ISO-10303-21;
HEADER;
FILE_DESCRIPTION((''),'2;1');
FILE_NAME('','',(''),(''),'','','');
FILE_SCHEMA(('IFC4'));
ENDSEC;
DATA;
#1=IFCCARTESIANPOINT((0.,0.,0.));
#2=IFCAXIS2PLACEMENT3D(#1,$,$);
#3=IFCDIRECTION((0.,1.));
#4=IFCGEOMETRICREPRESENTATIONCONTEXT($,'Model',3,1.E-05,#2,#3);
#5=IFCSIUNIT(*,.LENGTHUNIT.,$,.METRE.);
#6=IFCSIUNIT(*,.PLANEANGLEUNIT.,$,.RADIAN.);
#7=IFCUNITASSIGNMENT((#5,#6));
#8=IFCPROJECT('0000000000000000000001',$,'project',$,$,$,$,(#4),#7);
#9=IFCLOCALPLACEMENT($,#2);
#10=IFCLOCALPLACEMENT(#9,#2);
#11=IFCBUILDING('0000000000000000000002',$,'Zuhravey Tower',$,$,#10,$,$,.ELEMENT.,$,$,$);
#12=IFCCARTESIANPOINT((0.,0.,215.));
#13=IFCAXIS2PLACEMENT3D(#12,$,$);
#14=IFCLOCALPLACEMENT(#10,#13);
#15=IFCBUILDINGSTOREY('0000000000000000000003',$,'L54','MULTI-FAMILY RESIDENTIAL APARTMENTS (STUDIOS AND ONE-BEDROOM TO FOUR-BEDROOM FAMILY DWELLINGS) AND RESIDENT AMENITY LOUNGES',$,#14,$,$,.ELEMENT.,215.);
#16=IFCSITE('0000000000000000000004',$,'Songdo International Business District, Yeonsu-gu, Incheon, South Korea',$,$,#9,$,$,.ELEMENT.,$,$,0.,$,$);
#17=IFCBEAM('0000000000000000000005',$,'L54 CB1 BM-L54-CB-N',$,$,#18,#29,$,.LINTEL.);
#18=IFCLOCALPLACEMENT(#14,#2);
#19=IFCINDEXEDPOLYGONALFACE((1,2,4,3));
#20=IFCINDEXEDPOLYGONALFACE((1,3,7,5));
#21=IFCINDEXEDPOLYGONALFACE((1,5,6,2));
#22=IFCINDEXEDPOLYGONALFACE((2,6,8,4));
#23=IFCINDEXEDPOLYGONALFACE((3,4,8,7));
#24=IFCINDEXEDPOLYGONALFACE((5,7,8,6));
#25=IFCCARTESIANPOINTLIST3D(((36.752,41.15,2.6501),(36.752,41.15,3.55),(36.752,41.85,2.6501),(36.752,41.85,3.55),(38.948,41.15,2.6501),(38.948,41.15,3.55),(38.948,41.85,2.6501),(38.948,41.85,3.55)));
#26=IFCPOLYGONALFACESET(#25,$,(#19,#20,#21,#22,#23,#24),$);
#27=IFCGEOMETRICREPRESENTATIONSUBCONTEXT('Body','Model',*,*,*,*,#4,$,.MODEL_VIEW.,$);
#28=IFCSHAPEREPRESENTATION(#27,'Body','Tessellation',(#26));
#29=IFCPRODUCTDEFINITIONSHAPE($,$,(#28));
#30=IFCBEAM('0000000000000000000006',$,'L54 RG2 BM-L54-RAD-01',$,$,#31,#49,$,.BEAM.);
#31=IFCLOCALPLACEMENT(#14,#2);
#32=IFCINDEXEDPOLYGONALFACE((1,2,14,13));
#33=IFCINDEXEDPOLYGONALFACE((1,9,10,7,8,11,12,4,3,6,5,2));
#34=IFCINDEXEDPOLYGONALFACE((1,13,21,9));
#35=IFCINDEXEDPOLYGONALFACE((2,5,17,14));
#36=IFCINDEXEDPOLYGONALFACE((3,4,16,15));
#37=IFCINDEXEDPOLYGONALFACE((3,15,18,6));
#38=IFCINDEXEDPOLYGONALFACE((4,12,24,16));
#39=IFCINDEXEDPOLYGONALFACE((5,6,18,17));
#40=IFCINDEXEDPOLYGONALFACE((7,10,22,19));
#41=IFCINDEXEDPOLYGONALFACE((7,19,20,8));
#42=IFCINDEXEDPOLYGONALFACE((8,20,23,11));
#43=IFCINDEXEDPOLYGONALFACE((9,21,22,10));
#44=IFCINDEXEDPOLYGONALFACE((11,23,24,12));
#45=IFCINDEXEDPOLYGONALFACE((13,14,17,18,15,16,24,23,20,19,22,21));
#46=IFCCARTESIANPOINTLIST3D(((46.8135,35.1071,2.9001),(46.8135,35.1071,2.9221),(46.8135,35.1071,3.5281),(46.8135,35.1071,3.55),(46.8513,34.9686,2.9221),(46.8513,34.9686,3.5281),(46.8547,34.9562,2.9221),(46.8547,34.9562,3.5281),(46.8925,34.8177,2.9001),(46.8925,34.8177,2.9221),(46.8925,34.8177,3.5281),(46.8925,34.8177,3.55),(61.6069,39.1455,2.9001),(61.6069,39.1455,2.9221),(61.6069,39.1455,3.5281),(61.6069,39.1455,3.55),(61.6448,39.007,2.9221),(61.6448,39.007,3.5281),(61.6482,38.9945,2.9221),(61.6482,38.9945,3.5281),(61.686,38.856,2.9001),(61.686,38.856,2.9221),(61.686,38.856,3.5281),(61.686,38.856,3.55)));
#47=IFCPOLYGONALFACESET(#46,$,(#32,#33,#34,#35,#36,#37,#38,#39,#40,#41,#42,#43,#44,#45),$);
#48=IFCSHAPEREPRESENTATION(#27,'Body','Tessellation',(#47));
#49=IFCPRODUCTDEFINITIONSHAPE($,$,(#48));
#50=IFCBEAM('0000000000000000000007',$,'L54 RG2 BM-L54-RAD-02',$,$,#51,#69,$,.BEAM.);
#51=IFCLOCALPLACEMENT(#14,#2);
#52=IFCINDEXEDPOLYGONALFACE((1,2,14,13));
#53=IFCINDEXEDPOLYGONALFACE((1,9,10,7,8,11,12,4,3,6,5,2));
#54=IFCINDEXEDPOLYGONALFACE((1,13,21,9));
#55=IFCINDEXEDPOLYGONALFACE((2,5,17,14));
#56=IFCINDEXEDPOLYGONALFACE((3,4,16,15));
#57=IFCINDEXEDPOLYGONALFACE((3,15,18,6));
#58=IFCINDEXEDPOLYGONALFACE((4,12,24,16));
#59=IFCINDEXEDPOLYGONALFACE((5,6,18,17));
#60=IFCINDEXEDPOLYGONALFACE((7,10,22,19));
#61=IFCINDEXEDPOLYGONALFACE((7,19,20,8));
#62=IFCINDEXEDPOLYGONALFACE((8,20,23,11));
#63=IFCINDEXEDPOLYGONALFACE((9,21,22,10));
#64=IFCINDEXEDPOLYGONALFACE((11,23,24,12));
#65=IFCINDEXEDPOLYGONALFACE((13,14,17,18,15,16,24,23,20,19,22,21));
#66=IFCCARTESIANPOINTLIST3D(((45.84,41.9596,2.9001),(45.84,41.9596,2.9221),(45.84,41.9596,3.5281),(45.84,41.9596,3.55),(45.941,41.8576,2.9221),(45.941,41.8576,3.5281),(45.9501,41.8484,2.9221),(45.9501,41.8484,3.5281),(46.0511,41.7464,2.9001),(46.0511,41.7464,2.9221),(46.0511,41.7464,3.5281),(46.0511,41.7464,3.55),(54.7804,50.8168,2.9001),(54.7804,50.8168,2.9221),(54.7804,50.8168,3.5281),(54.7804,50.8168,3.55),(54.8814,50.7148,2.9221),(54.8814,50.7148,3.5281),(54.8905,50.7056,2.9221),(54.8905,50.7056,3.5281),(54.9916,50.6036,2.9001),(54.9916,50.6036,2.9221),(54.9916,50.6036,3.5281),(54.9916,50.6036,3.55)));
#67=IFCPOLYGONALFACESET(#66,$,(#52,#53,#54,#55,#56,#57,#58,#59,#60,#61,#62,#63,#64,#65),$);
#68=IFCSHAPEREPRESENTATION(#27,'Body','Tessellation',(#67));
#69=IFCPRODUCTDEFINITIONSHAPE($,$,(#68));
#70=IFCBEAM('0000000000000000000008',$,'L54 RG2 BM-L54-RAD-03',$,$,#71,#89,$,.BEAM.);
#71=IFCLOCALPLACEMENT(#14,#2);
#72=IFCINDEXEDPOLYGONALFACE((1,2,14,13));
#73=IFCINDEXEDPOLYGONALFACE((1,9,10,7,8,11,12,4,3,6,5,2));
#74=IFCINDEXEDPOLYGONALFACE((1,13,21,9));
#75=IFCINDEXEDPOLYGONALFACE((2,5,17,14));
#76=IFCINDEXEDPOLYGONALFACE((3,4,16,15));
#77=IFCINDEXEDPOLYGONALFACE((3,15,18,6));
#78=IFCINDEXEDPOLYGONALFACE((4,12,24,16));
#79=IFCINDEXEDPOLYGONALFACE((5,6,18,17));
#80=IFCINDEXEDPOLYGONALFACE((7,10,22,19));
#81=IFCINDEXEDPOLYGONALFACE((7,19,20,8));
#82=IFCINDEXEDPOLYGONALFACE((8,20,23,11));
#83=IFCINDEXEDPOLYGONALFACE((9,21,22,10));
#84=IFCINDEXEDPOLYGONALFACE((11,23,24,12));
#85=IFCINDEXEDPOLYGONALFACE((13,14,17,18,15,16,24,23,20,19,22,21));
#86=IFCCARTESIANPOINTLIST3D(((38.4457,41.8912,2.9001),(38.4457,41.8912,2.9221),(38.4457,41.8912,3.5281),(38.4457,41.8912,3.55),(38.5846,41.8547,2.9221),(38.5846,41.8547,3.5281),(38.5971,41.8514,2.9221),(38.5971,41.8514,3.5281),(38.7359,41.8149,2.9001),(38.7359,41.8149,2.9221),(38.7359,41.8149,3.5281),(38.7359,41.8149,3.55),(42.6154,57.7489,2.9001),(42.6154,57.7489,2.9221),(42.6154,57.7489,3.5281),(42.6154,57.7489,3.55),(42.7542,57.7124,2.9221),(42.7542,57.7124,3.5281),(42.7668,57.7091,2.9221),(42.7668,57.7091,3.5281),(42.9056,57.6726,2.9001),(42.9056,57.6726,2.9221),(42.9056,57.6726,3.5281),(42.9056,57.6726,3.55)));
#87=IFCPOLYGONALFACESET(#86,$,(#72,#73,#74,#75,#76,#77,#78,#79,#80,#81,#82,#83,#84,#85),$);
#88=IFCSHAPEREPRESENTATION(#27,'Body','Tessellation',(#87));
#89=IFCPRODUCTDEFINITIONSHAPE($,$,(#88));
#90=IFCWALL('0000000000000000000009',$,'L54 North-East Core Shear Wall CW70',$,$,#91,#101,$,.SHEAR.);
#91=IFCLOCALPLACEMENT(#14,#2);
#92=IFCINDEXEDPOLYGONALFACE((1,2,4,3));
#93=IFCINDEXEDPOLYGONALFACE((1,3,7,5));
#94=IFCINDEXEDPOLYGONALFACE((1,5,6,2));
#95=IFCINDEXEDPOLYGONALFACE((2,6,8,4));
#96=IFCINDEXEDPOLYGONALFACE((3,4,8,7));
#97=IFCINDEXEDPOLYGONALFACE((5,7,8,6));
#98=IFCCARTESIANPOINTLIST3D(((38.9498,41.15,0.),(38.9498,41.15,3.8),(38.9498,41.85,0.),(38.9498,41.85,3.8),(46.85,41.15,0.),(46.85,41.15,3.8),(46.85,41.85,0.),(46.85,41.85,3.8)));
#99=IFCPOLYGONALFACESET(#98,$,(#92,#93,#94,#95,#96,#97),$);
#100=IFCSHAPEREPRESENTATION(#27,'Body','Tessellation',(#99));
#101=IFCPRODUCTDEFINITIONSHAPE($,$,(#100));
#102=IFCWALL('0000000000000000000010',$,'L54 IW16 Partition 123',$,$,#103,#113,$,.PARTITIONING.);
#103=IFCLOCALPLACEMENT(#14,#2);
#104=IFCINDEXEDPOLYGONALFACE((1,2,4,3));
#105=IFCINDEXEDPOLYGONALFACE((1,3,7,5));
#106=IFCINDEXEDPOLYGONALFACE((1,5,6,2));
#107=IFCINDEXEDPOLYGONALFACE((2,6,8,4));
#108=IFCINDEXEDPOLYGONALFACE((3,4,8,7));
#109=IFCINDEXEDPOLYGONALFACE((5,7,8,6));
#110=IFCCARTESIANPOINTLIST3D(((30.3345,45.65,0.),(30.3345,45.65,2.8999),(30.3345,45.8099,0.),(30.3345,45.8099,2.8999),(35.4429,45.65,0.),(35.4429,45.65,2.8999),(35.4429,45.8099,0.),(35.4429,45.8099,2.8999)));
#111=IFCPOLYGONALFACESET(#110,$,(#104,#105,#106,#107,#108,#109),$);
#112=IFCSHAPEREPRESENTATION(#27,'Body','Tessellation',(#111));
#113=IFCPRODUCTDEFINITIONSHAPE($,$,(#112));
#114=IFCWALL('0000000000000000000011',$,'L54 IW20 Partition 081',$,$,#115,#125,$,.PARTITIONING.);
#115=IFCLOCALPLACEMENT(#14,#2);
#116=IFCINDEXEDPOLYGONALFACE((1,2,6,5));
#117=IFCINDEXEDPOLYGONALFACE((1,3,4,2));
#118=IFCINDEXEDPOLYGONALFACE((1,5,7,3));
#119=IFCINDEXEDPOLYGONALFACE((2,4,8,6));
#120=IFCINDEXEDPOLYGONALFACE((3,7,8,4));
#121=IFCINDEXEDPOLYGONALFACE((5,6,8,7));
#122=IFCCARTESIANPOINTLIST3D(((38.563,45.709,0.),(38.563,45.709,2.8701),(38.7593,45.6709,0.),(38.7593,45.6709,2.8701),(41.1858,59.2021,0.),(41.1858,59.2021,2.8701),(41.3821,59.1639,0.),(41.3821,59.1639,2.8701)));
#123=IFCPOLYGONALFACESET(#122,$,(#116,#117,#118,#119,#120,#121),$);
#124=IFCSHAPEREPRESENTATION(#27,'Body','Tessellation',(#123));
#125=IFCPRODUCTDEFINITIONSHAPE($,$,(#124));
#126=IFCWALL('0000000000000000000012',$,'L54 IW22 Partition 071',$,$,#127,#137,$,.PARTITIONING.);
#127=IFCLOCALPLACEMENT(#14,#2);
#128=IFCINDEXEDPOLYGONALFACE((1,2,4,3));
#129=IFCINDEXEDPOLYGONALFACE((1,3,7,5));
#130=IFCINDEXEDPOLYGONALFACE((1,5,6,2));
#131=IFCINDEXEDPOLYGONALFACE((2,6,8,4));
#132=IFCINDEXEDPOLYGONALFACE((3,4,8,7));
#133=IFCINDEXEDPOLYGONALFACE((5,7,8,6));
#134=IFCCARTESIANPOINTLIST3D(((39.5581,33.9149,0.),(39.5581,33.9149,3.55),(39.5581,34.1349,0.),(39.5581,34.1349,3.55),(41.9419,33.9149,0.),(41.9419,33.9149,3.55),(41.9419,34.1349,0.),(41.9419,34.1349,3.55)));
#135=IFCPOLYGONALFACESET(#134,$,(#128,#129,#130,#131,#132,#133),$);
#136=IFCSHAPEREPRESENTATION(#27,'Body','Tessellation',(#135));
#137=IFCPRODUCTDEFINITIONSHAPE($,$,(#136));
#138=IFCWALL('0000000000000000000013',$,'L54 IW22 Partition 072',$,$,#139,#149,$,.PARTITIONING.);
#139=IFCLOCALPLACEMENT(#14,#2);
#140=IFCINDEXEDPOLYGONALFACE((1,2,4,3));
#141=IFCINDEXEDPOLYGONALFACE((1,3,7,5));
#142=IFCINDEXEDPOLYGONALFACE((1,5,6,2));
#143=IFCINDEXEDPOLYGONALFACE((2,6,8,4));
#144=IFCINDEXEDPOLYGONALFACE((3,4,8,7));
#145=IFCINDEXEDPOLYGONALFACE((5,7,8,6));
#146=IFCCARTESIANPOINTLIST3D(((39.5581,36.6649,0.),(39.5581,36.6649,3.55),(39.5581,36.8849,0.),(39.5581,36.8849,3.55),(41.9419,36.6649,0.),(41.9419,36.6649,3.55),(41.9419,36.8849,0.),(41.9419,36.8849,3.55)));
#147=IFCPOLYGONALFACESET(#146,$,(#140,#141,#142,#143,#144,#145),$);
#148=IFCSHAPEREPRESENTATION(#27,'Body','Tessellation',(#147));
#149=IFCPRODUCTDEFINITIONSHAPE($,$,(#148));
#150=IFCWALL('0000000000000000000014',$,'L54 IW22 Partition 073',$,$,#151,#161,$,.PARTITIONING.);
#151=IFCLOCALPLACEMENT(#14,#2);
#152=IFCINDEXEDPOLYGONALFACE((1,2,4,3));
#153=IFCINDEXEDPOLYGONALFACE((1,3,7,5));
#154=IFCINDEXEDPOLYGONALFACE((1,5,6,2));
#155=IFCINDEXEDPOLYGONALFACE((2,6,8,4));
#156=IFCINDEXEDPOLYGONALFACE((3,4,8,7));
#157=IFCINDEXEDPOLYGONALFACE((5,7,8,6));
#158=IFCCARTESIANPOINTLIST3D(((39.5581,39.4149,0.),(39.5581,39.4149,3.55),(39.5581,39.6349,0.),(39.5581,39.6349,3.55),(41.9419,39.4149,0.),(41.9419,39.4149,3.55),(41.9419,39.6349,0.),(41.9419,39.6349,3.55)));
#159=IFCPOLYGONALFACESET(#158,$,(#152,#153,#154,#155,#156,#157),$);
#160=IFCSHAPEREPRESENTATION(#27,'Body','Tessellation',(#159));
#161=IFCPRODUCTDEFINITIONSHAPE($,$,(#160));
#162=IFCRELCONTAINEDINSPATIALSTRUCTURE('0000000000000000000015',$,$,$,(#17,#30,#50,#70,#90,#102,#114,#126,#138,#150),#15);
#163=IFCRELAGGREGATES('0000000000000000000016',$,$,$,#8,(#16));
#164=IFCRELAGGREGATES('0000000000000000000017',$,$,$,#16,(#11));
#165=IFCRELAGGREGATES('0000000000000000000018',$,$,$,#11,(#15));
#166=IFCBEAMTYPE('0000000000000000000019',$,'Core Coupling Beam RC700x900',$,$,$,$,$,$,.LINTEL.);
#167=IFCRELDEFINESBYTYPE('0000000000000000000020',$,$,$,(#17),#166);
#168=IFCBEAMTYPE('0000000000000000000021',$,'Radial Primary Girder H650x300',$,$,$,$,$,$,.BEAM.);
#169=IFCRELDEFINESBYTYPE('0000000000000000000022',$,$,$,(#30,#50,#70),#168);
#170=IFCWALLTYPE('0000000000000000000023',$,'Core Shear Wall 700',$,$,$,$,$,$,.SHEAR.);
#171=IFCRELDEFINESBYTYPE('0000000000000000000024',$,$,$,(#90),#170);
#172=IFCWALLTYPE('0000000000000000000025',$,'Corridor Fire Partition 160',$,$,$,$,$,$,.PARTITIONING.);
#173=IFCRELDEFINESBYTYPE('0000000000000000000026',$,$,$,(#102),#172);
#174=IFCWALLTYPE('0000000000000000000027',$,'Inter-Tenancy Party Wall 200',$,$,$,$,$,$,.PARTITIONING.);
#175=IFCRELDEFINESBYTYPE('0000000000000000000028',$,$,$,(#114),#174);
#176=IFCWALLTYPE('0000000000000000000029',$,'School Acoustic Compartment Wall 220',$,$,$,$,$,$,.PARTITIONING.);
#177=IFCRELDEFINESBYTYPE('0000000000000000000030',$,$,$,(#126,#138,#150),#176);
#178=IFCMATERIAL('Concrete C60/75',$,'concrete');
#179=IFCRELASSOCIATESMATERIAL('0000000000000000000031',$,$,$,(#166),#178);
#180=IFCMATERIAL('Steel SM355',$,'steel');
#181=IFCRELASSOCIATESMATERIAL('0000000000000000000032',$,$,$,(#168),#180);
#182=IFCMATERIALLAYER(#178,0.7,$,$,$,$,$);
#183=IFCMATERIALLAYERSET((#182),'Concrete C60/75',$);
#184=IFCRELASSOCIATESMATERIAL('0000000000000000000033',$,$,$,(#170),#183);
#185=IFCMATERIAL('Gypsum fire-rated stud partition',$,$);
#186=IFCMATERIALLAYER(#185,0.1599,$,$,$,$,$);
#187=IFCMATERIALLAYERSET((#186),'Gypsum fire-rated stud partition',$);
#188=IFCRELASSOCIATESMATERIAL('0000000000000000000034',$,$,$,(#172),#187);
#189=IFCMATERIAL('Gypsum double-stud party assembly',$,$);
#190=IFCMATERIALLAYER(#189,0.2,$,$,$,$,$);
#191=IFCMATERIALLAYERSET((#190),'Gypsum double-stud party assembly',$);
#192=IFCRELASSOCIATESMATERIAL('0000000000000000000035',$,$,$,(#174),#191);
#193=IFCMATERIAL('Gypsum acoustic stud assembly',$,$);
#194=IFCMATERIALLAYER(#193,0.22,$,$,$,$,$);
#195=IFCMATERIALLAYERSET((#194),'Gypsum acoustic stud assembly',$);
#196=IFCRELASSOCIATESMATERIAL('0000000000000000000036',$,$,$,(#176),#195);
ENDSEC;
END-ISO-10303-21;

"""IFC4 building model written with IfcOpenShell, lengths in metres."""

from ifc_helpers import new_model, si_unit, direction, frame, frame_2d, origin, origin_2d, place, context, subcontext, project, spatial, rectangle, i_section, extrude, material, layer, layer_set, material_profile, profile_set, type_object, element, save


model = new_model("IFC4")

# Units and contexts
model_context = context("Model", 3, precision=1e-05, world=origin(), true_north=direction((0.0, 1.0)))
body_context = subcontext(model_context, "Body", "Model", "MODEL_VIEW")
ifc_project = project(units=[si_unit("LENGTHUNIT", "METRE"), si_unit("PLANEANGLEUNIT", "RADIAN")], contexts=[model_context])

# Site, building, storey
site_placement = place(None, origin())
site = spatial("IfcSite", under=ifc_project, at=site_placement, Name="Songdo International Business District, Yeonsu-gu, Incheon, South Korea", CompositionType="ELEMENT", RefElevation=0.0)
building_placement = place(site_placement, origin())
building = spatial("IfcBuilding", under=site, at=building_placement, Name="Zuhravey Tower", CompositionType="ELEMENT")
storey_placement = place(building_placement, frame((0.0, 0.0, 215.0)))
storey = spatial("IfcBuildingStorey", under=building, at=storey_placement, Name="L54", Description="MULTI-FAMILY RESIDENTIAL APARTMENTS (STUDIOS AND ONE-BEDROOM TO FOUR-BEDROOM FAMILY DWELLINGS) AND RESIDENT AMENITY LOUNGES", CompositionType="ELEMENT", Elevation=215.0)

# Beams
ifc_material_1 = material(Name="Concrete C60/75", Category="concrete")
ifc_material_profile_1 = material_profile(ifc_material_1, rectangle(XDim=0.7, YDim=0.8999, at=origin_2d()), Name="RC-700x900")
ifc_profile_set_1 = profile_set([ifc_material_profile_1], Name="Concrete C60/75")
beam_type_1 = type_object("IfcBeamType", Name="Core Coupling Beam RC700x900", PredefinedType="LINTEL", material=ifc_profile_set_1)
beam_1_placement = place(storey_placement, frame((36.752, 41.5, 3.1001), z_axis=(1.0, 0.0, 0.0), x_axis=(0.0, 1.0, 0.0)))
element("IfcBeam", 1, at=beam_1_placement, inside=storey, type_object=beam_type_1, Name="L54 CB1 BM-L54-CB-N", PredefinedType="LINTEL", context=body_context, shape_type="SweptSolid", body=[
    extrude(rectangle(XDim=0.7, YDim=0.8999, at=origin_2d()), origin(), (0.0, 0.0, 1.0), 2.196),
])
ifc_material_2 = material(Name="Steel SM355", Category="steel")
ifc_material_profile_2 = material_profile(ifc_material_2, i_section(OverallWidth=0.3, OverallDepth=0.6499, WebThickness=0.0129, FlangeThickness=0.022, at=origin_2d()), Name="H-650x300x13x22")
ifc_profile_set_2 = profile_set([ifc_material_profile_2], Name="Steel SM355")
beam_type_2 = type_object("IfcBeamType", Name="Radial Primary Girder H650x300", PredefinedType="BEAM", material=ifc_profile_set_2)
beam_2_placement = place(storey_placement, frame((46.853, 34.9624, 3.2251), z_axis=(0.964702, 0.263345, 0.0), x_axis=(-0.263345, 0.964702, 0.0)))
element("IfcBeam", 2, at=beam_2_placement, inside=storey, type_object=beam_type_2, Name="L54 RG2 BM-L54-RAD-01", PredefinedType="BEAM", context=body_context, shape_type="SweptSolid", body=[
    extrude(i_section(OverallWidth=0.3, OverallDepth=0.6499, WebThickness=0.0129, FlangeThickness=0.022, at=origin_2d()), origin(), (0.0, 0.0, 1.0), 15.3347),
])
beam_3_placement = place(storey_placement, frame((45.9456, 41.853, 3.2251), z_axis=(0.710407, 0.703791, 0.0), x_axis=(-0.703791, 0.710407, 0.0)))
element("IfcBeam", 3, at=beam_3_placement, inside=storey, type_object=beam_type_2, Name="L54 RG2 BM-L54-RAD-02", PredefinedType="BEAM", context=body_context, shape_type="SweptSolid", body=[
    extrude(i_section(OverallWidth=0.3, OverallDepth=0.6499, WebThickness=0.0129, FlangeThickness=0.022, at=origin_2d()), origin(), (0.0, 0.0, 1.0), 12.585),
])
beam_4_placement = place(storey_placement, frame((38.5908, 41.853, 3.2251), z_axis=(0.2543, 0.967125, 0.0), x_axis=(-0.967125, 0.2543, 0.0)))
element("IfcBeam", 4, at=beam_4_placement, inside=storey, type_object=beam_type_2, Name="L54 RG2 BM-L54-RAD-03", PredefinedType="BEAM", context=body_context, shape_type="SweptSolid", body=[
    extrude(i_section(OverallWidth=0.3, OverallDepth=0.6499, WebThickness=0.0129, FlangeThickness=0.022, at=origin_2d()), origin(), (0.0, 0.0, 1.0), 16.3967),
])

# Wall
ifc_layer_1 = layer(ifc_material_1, 0.7)
ifc_layer_set_1 = layer_set([ifc_layer_1], Name="Concrete C60/75")
wall_type_1 = type_object("IfcWallType", Name="Core Shear Wall 700", PredefinedType="SHEAR", material=ifc_layer_set_1)
wall_1_placement = place(storey_placement, frame((46.8501, 41.5, 0.0), z_axis=(0.0, 0.0, 1.0), x_axis=(-1.0, 0.0, 0.0)))
element("IfcWall", 5, at=wall_1_placement, inside=storey, type_object=wall_type_1, Name="L54 North-East Core Shear Wall CW70", PredefinedType="SHEAR", context=body_context, shape_type="SweptSolid", body=[
    extrude(rectangle(XDim=7.9001, YDim=0.7, at=frame_2d((3.9502, 0.0))), origin(), (0.0, 0.0, 1.0), 3.8),
])

# Shared definitions
ifc_material_3 = material(Name="Gypsum fire-rated stud partition")
ifc_layer_2 = layer(ifc_material_3, 0.1599)
ifc_layer_set_2 = layer_set([ifc_layer_2], Name="Gypsum fire-rated stud partition")
wall_type_2 = type_object("IfcWallType", Name="Corridor Fire Partition 160", PredefinedType="PARTITIONING", material=ifc_layer_set_2)

# Wall
wall_2_placement = place(storey_placement, frame((35.4429, 45.73, 0.0), z_axis=(0.0, 0.0, 1.0), x_axis=(-1.0, 0.0, 0.0)))
element("IfcWall", 6, at=wall_2_placement, inside=storey, type_object=wall_type_2, Name="L54 IW16 Partition 123", PredefinedType="PARTITIONING", context=body_context, shape_type="SweptSolid", body=[
    extrude(rectangle(XDim=5.1084, YDim=0.1599, at=frame_2d((2.5542, 0.0))), origin(), (0.0, 0.0, 1.0), 2.8999),
])

# Walls
ifc_material_4 = material(Name="Gypsum double-stud party assembly")
ifc_layer_3 = layer(ifc_material_4, 0.2)
ifc_layer_set_3 = layer_set([ifc_layer_3], Name="Gypsum double-stud party assembly")
wall_type_3 = type_object("IfcWallType", Name="Inter-Tenancy Party Wall 200", PredefinedType="PARTITIONING", material=ifc_layer_set_3)
wall_3_placement = place(storey_placement, frame((38.6611, 45.6899, 0.0), z_axis=(0.0, 0.0, 1.0), x_axis=(0.190809, 0.981627, 0.0)))
element("IfcWall", 7, at=wall_3_placement, inside=storey, type_object=wall_type_3, Name="L54 IW20 Partition 081", PredefinedType="PARTITIONING", context=body_context, shape_type="SweptSolid", body=[
    extrude(rectangle(XDim=13.7456, YDim=0.2, at=frame_2d((6.8728, 0.0))), origin(), (0.0, 0.0, 1.0), 2.8701),
])
ifc_material_5 = material(Name="Gypsum acoustic stud assembly")
ifc_layer_4 = layer(ifc_material_5, 0.22)
ifc_layer_set_4 = layer_set([ifc_layer_4], Name="Gypsum acoustic stud assembly")
wall_type_4 = type_object("IfcWallType", Name="School Acoustic Compartment Wall 220", PredefinedType="PARTITIONING", material=ifc_layer_set_4)
for number, where, z_axis, x_axis, name in (
    (8, (39.5581, 34.0249, 0.0), (0.0, 0.0, 1.0), (1.0, 0.0, 0.0), "L54 IW22 Partition 071"),
    (9, (39.5581, 36.7749, 0.0), (0.0, 0.0, 1.0), (1.0, 0.0, 0.0), "L54 IW22 Partition 072"),
    (10, (39.5581, 39.5249, 0.0), (0.0, 0.0, 1.0), (1.0, 0.0, 0.0), "L54 IW22 Partition 073"),
):
    element("IfcWall", number, at=place(storey_placement, frame(where, z_axis=z_axis, x_axis=x_axis)), inside=storey, type_object=wall_type_4, Name=name, PredefinedType="PARTITIONING", context=body_context, shape_type="SweptSolid", body=[
        extrude(rectangle(XDim=2.3838, YDim=0.22, at=frame_2d((1.1919, 0.0))), origin(), (0.0, 0.0, 1.0), 3.55),
    ])

save(model, "model.ifc")
